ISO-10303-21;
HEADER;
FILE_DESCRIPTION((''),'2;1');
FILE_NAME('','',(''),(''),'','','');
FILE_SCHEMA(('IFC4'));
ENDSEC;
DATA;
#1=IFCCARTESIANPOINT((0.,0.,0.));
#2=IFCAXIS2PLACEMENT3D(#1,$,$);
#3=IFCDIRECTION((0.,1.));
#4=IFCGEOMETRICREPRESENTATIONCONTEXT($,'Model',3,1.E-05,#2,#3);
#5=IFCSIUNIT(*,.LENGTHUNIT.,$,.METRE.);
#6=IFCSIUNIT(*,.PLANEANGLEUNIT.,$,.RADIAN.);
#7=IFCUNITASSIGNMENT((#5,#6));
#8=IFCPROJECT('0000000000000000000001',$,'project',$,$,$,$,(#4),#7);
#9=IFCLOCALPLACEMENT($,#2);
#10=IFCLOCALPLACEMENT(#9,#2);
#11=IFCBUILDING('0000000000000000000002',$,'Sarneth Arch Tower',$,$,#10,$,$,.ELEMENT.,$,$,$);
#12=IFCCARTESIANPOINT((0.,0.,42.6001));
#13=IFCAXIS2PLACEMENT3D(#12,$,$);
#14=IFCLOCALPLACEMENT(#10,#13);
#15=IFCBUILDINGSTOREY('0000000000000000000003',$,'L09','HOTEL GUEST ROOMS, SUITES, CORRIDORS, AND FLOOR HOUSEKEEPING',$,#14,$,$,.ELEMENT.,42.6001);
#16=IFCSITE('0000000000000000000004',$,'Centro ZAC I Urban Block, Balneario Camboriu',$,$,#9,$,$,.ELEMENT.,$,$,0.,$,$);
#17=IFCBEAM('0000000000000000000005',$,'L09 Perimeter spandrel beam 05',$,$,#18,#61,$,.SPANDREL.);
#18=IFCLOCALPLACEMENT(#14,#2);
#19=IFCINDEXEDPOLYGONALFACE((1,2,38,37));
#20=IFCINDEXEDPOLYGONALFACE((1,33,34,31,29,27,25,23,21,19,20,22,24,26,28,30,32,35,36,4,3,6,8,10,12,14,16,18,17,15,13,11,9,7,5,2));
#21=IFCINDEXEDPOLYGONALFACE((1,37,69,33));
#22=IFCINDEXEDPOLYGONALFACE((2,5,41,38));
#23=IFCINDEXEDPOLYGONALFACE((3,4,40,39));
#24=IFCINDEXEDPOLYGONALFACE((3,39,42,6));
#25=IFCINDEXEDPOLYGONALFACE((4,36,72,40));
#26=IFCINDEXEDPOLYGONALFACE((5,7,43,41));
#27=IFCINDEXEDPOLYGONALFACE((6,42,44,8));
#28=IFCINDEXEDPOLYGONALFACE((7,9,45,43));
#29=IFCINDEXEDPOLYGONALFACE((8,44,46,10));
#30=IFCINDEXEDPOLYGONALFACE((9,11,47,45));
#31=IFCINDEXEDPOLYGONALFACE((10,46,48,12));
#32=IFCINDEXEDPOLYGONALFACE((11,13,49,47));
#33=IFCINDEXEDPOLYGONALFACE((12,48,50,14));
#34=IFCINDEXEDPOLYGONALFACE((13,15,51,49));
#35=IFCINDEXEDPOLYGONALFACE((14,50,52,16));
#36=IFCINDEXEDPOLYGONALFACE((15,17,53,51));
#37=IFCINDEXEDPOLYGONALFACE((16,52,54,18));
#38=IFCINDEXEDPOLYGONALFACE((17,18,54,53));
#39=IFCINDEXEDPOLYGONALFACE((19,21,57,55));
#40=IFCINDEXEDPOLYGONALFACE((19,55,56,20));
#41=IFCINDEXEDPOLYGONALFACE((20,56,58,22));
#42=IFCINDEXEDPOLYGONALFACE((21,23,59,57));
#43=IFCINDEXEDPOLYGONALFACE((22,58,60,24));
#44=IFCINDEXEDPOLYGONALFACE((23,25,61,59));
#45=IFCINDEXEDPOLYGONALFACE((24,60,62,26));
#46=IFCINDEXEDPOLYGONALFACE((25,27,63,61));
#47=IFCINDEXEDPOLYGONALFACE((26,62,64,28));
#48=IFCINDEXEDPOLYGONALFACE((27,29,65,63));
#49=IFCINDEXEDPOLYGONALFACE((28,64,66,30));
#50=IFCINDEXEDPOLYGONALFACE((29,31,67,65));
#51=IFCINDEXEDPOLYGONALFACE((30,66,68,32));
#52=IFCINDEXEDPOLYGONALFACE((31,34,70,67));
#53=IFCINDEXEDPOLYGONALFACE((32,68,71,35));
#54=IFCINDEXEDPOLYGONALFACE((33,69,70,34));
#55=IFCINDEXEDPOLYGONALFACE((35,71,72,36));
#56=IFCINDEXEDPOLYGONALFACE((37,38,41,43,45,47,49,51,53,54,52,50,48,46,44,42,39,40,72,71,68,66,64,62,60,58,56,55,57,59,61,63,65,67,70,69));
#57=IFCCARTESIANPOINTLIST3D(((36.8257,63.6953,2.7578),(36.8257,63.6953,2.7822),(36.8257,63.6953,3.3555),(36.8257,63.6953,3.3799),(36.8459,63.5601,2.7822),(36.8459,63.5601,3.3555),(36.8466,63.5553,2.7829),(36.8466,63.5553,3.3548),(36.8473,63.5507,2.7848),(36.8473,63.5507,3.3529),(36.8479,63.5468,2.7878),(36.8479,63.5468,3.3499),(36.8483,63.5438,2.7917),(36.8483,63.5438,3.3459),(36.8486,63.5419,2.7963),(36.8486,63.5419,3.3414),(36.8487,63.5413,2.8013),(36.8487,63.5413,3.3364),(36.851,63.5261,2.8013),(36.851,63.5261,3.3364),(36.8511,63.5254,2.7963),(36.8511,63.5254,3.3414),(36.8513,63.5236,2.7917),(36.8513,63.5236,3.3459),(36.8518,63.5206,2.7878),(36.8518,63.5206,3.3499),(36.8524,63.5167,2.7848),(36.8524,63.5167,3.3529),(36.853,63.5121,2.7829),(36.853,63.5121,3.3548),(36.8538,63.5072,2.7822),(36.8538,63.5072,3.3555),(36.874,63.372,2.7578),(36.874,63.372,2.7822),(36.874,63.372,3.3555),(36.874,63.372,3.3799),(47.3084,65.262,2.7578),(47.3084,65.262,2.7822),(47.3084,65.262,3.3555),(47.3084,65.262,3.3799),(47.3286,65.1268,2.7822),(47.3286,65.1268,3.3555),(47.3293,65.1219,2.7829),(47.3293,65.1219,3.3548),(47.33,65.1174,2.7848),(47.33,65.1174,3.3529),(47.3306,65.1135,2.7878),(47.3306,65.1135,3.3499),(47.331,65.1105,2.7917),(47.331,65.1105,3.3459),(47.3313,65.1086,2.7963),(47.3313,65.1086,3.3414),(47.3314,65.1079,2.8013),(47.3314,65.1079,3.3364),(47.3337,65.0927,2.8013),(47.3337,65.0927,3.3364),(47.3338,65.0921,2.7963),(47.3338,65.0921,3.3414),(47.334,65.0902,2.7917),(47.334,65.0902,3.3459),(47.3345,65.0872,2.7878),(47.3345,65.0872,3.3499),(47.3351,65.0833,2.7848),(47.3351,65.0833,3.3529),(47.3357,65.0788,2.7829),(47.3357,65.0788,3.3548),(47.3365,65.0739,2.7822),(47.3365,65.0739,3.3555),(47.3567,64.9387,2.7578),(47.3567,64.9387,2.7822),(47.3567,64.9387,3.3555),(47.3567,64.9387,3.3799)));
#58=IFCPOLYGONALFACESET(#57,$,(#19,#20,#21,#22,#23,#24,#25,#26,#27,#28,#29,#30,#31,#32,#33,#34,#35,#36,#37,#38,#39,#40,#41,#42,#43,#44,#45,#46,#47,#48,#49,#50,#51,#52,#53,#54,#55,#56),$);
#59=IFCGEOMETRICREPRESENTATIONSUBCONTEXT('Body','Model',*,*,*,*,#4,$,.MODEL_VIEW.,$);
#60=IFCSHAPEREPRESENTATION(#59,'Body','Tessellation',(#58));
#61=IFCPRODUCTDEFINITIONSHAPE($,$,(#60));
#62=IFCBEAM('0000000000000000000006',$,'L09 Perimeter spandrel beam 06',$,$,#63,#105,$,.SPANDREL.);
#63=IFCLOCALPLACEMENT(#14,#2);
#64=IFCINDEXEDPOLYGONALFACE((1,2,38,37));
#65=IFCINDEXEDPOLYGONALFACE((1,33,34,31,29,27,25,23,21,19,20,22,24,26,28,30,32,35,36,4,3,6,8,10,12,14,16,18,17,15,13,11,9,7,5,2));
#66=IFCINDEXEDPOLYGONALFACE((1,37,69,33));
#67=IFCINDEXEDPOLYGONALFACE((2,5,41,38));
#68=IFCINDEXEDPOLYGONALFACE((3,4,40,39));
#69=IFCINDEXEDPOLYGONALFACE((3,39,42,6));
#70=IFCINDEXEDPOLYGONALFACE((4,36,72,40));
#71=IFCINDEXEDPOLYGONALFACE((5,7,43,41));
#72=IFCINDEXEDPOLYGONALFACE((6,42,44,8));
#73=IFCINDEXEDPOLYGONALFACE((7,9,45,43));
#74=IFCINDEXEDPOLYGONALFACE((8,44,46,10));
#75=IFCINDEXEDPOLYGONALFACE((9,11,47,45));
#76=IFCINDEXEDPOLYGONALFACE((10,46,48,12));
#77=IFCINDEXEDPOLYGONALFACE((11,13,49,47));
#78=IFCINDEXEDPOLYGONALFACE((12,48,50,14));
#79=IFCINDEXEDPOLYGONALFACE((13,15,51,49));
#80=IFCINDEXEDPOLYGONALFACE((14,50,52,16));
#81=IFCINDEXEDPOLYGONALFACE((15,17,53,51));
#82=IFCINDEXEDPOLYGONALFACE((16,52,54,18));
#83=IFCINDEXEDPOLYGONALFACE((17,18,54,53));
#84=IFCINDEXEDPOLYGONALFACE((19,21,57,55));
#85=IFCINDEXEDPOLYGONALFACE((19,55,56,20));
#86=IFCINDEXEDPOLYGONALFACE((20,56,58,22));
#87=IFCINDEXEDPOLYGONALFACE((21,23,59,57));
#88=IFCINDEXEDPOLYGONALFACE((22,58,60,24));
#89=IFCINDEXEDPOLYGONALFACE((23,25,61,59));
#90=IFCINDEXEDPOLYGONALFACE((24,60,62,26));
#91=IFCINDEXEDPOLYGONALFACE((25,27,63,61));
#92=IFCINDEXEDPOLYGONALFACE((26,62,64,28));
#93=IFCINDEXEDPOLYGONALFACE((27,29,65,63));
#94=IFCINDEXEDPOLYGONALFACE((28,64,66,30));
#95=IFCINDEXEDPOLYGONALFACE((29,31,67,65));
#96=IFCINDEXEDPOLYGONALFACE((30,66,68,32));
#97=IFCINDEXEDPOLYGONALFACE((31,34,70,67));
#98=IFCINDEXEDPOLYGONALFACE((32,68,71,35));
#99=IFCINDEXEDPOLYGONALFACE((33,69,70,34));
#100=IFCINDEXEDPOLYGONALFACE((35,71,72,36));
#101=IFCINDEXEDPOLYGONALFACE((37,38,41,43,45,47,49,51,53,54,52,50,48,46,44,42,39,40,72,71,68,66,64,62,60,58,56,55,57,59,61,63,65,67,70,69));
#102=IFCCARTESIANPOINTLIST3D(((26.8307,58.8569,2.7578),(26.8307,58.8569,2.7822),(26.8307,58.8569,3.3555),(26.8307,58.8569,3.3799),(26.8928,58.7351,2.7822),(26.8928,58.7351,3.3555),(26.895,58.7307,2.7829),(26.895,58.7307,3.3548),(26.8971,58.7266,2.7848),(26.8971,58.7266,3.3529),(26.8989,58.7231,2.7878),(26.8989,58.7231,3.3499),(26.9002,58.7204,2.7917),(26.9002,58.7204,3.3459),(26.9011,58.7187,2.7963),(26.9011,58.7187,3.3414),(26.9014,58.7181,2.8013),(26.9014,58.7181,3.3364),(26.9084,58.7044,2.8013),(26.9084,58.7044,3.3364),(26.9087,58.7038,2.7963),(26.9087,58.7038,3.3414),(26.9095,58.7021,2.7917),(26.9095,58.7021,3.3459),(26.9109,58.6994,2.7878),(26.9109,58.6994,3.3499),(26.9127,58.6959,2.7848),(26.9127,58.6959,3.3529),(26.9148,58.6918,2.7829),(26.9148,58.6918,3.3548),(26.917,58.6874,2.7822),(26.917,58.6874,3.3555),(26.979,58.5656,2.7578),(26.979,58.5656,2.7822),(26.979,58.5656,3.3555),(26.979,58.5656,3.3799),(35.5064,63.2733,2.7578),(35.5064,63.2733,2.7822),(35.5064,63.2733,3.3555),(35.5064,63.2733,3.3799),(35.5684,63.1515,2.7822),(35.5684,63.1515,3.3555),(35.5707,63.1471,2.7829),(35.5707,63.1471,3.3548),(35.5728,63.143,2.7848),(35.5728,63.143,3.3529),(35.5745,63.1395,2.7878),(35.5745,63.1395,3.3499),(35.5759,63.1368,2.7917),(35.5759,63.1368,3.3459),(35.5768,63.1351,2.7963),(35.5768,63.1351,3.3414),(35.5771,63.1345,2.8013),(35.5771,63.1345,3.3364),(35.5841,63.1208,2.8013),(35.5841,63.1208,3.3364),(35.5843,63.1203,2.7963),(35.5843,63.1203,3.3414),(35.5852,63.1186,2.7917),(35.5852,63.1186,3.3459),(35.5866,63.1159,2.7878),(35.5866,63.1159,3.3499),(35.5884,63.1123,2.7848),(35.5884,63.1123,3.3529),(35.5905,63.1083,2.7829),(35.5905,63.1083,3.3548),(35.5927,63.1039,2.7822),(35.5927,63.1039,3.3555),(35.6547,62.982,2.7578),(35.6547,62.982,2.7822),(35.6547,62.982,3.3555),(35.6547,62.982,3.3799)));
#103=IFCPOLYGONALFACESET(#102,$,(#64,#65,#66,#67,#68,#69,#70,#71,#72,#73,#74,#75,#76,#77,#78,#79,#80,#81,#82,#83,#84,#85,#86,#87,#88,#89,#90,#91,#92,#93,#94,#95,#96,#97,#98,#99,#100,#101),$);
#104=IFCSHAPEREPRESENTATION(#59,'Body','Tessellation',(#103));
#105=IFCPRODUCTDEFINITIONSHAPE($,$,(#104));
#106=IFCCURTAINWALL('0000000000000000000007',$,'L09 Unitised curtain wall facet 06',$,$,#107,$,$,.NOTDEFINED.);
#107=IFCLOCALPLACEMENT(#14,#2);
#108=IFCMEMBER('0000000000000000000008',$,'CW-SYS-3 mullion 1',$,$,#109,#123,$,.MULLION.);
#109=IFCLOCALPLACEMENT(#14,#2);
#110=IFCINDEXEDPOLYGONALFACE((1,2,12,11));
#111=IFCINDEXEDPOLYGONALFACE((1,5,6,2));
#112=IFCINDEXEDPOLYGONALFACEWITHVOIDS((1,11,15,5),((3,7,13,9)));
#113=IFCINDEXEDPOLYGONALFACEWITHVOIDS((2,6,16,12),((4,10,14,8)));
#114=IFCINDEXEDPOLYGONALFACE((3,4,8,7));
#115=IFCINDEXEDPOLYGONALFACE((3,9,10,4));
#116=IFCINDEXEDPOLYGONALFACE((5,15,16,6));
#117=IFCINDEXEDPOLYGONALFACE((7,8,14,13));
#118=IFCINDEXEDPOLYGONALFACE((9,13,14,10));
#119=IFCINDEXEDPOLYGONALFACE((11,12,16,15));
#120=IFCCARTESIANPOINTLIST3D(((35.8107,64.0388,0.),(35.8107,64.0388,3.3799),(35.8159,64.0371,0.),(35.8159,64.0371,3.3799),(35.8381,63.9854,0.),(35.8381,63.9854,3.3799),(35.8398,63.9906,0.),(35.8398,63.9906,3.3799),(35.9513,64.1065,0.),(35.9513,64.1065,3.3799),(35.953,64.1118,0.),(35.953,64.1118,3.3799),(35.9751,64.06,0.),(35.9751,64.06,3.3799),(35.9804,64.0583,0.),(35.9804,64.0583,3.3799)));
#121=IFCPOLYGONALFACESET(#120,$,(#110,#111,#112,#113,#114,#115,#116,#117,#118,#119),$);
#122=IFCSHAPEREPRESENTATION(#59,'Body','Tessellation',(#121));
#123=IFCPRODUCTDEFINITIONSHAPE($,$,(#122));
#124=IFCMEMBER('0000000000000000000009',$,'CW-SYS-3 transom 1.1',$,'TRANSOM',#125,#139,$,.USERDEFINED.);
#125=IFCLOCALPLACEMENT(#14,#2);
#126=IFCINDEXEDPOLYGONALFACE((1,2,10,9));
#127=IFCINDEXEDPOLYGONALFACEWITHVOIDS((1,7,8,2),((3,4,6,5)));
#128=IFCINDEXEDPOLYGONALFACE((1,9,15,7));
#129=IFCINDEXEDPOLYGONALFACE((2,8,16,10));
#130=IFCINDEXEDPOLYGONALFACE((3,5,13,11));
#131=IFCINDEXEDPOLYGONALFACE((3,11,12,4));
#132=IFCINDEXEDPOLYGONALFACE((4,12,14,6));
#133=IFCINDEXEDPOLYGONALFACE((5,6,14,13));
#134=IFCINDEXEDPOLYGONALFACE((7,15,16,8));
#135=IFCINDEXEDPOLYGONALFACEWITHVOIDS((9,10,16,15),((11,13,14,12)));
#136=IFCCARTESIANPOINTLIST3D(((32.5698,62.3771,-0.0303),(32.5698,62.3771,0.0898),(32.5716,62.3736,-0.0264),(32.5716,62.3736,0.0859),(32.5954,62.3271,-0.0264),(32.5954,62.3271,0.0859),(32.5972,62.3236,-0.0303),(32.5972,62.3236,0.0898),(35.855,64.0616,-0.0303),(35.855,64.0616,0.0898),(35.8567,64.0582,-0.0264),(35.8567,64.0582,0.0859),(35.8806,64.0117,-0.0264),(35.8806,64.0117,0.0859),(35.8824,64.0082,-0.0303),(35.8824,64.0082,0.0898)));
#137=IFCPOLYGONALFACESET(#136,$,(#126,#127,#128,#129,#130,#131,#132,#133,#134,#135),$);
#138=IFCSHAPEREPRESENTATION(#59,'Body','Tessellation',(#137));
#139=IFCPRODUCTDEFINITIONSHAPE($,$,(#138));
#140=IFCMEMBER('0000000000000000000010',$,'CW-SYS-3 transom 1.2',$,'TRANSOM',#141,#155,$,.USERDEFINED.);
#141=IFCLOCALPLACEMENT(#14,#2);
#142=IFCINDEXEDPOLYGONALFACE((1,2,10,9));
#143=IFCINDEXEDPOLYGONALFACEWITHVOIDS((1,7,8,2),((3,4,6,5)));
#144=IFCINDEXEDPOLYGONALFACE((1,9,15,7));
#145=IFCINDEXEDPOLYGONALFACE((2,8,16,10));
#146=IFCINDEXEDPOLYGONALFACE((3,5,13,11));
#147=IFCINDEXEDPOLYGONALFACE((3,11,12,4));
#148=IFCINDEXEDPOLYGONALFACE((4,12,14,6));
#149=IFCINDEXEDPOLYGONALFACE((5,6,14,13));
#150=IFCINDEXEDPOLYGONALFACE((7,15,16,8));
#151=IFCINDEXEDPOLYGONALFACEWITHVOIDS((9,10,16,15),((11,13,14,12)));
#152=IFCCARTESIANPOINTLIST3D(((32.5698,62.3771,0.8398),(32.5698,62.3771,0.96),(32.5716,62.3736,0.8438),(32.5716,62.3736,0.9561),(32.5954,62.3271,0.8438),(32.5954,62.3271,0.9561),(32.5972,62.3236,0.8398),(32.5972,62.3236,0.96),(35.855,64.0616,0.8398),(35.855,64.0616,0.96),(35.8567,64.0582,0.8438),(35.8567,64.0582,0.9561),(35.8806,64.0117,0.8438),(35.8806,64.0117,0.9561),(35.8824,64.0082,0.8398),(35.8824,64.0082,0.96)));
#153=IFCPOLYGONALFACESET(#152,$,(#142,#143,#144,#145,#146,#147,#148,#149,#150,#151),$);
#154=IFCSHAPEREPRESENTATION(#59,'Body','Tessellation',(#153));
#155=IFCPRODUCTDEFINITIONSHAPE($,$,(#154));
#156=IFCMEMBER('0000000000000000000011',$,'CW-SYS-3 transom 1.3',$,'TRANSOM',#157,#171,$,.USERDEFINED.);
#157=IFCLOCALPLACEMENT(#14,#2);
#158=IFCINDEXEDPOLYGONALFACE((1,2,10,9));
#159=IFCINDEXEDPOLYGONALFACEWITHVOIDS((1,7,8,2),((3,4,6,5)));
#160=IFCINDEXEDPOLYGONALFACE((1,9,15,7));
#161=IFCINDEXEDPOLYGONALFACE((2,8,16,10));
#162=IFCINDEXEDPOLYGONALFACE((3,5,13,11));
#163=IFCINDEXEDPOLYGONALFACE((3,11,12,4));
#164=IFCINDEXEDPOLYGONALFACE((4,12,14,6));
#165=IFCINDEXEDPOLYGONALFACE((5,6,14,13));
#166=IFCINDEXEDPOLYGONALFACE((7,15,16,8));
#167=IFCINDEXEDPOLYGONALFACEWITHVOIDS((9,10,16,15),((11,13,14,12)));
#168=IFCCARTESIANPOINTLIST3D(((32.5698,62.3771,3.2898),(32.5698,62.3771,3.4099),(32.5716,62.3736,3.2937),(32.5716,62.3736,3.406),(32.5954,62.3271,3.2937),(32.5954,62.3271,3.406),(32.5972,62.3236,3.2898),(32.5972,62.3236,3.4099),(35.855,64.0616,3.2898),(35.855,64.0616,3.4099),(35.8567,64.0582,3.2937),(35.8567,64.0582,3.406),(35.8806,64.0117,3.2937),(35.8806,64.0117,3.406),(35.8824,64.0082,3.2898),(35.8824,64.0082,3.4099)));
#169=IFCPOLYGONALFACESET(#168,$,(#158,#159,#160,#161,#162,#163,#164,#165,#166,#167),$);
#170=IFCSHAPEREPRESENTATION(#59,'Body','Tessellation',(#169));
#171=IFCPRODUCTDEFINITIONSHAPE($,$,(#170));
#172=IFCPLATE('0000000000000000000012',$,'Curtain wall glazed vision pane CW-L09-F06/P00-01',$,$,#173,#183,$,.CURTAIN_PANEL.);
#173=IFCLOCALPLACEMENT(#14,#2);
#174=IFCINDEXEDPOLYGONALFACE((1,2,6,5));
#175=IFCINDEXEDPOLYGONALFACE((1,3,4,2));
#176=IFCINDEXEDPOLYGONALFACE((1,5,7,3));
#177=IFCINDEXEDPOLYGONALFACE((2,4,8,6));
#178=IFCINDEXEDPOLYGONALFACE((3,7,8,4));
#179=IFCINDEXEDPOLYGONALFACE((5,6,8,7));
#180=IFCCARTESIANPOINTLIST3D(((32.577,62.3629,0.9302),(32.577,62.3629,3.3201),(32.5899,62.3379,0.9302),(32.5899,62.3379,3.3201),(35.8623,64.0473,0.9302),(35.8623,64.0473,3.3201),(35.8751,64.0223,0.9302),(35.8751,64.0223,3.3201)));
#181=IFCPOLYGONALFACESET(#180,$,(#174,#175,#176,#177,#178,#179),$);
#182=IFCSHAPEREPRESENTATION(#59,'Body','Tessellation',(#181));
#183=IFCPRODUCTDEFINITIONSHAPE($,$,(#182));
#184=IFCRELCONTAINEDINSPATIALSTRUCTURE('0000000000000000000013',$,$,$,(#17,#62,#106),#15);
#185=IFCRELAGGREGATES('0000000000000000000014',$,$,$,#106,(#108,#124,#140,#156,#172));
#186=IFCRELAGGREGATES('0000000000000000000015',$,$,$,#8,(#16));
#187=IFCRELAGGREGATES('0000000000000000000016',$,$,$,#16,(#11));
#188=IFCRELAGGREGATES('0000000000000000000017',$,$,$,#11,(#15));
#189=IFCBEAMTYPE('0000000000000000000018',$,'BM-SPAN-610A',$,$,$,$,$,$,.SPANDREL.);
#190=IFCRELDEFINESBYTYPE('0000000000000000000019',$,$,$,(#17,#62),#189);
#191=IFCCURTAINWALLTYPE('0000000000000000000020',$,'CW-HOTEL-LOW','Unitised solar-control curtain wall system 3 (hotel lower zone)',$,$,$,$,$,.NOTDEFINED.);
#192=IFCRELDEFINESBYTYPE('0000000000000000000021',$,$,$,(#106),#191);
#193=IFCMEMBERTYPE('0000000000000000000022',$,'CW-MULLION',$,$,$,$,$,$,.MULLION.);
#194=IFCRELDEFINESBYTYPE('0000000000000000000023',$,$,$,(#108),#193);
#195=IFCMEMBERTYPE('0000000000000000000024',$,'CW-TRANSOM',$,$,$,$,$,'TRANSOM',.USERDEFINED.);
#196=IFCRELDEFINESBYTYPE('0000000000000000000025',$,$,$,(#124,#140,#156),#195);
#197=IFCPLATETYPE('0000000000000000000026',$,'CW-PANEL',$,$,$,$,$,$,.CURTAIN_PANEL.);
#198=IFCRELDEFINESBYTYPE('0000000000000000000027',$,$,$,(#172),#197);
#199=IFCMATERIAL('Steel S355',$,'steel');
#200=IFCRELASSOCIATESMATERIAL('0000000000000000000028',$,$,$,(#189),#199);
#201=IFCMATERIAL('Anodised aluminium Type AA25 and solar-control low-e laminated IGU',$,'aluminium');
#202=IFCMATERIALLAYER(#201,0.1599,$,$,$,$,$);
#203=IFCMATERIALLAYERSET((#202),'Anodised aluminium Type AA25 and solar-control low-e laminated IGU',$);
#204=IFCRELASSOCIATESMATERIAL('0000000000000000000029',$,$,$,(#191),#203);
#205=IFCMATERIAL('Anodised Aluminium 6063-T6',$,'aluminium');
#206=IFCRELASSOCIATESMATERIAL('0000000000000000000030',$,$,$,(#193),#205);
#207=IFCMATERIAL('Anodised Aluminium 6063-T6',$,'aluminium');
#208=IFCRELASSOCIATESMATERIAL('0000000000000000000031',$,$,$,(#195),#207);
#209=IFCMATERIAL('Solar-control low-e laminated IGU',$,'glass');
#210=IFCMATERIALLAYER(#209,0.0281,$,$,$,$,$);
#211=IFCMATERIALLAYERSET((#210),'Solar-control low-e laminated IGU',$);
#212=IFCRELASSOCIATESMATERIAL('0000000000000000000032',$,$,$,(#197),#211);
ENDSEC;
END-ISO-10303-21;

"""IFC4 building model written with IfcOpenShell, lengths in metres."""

from ifc_helpers import new_model, si_unit, direction, frame, origin, origin_2d, place, context, subcontext, project, spatial, rectangle, hollow_rectangle, i_section, extrude, material, layer, layer_set, material_profile, profile_set, type_object, element, aggregate, save


model = new_model("IFC4")

# Units and contexts
model_context = context("Model", 3, precision=1e-05, world=origin(), true_north=direction((0.0, 1.0)))
body_context = subcontext(model_context, "Body", "Model", "MODEL_VIEW")
ifc_project = project(units=[si_unit("LENGTHUNIT", "METRE"), si_unit("PLANEANGLEUNIT", "RADIAN")], contexts=[model_context])

# Site, building, storey
site_placement = place(None, origin())
site = spatial("IfcSite", under=ifc_project, at=site_placement, Name="Centro ZAC I Urban Block, Balneario Camboriu", CompositionType="ELEMENT", RefElevation=0.0)
building_placement = place(site_placement, origin())
building = spatial("IfcBuilding", under=site, at=building_placement, Name="Sarneth Arch Tower", CompositionType="ELEMENT")
storey_placement = place(building_placement, frame((0.0, 0.0, 42.6001)))
storey = spatial("IfcBuildingStorey", under=building, at=storey_placement, Name="L09", Description="HOTEL GUEST ROOMS, SUITES, CORRIDORS, AND FLOOR HOUSEKEEPING", CompositionType="ELEMENT", Elevation=42.6001)

# Beams
ifc_material_1 = material(Name="Steel S355", Category="steel")
ifc_material_profile_1 = material_profile(ifc_material_1, i_section(OverallWidth=0.3269, OverallDepth=0.6221, WebThickness=0.0154, FlangeThickness=0.0244, FilletRadius=0.019, at=origin_2d()), Name="W610x195")
ifc_profile_set_1 = profile_set([ifc_material_profile_1], Name="Steel S355")
beam_type_1 = type_object("IfcBeamType", Name="BM-SPAN-610A", PredefinedType="SPANDREL", material=ifc_profile_set_1)
beam_1_placement = place(storey_placement, frame((47.3325, 65.1003, 3.0688), z_axis=(-0.989016, -0.14781, 0.0), x_axis=(0.14781, -0.989016, 0.0)))
element("IfcBeam", 1, at=beam_1_placement, inside=storey, type_object=beam_type_1, Name="L09 Perimeter spandrel beam 05", PredefinedType="SPANDREL", context=body_context, shape_type="SweptSolid", body=[
    extrude(i_section(OverallWidth=0.3269, OverallDepth=0.6221, WebThickness=0.0154, FlangeThickness=0.0244, FilletRadius=0.019, at=origin_2d()), origin(), (0.0, 0.0, 1.0), 10.5991),
])
beam_2_placement = place(storey_placement, frame((35.5806, 63.1277, 3.0688), z_axis=(-0.891174, -0.453662, 0.0), x_axis=(0.453662, -0.891174, 0.0)))
element("IfcBeam", 2, at=beam_2_placement, inside=storey, type_object=beam_type_1, Name="L09 Perimeter spandrel beam 06", PredefinedType="SPANDREL", context=body_context, shape_type="SweptSolid", body=[
    extrude(i_section(OverallWidth=0.3269, OverallDepth=0.6221, WebThickness=0.0154, FlangeThickness=0.0244, FilletRadius=0.019, at=origin_2d()), origin(), (0.0, 0.0, 1.0), 9.7351),
])

# Curtain wall, members, plate
ifc_material_2 = material(Name="Anodised aluminium Type AA25 and solar-control low-e laminated IGU", Category="aluminium")
ifc_layer_1 = layer(ifc_material_2, 0.1599)
ifc_layer_set_1 = layer_set([ifc_layer_1], Name="Anodised aluminium Type AA25 and solar-control low-e laminated IGU")
curtain_wall_type = type_object("IfcCurtainWallType", Name="CW-HOTEL-LOW", Description="Unitised solar-control curtain wall system 3 (hotel lower zone)", PredefinedType="NOTDEFINED", material=ifc_layer_set_1)
curtain_wall_placement = place(storey_placement, origin())
curtain_wall = element("IfcCurtainWall", 3, at=curtain_wall_placement, inside=storey, type_object=curtain_wall_type, Name="L09 Unitised curtain wall facet 06", PredefinedType="NOTDEFINED")
ifc_material_3 = material(Name="Anodised Aluminium 6063-T6", Category="aluminium")
ifc_material_profile_2 = material_profile(ifc_material_3, hollow_rectangle(XDim=0.0601, YDim=0.1599, WallThickness=0.0039, at=origin_2d()), Name="AL-MULL-160x60x4")
ifc_profile_set_2 = profile_set([ifc_material_profile_2], Name="Anodised Aluminium 6063-T6")
member_type_1 = type_object("IfcMemberType", Name="CW-MULLION", PredefinedType="MULLION", material=ifc_profile_set_2)
member_1_placement = place(storey_placement, frame((35.8955, 64.0486, 0.0), z_axis=(0.0, 0.0, 1.0), x_axis=(0.456245, -0.889854, 0.0)))
member_1 = element("IfcMember", 4, at=member_1_placement, type_object=member_type_1, Name="CW-SYS-3 mullion 1", PredefinedType="MULLION", context=body_context, shape_type="SweptSolid", body=[
    extrude(hollow_rectangle(XDim=0.0601, YDim=0.1599, WallThickness=0.0039, at=origin_2d()), origin(), (0.0, 0.0, 1.0), 3.3799),
])
ifc_material_4 = material(Name="Anodised Aluminium 6063-T6", Category="aluminium")
ifc_material_profile_3 = material_profile(ifc_material_4, hollow_rectangle(XDim=0.0601, YDim=0.1201, WallThickness=0.0039, at=origin_2d()), Name="AL-TRAN-120x60x4")
ifc_profile_set_3 = profile_set([ifc_material_profile_3], Name="Anodised Aluminium 6063-T6")
member_type_2 = type_object("IfcMemberType", Name="CW-TRANSOM", ElementType="TRANSOM", PredefinedType="USERDEFINED", material=ifc_profile_set_3)
member_2_placement = place(storey_placement, frame((35.8687, 64.0349, 0.0298), z_axis=(-0.889831, -0.45629, 0.0), x_axis=(0.45629, -0.889831, 0.0)))
member_2 = element("IfcMember", 5, at=member_2_placement, type_object=member_type_2, Name="CW-SYS-3 transom 1.1", ObjectType="TRANSOM", PredefinedType="USERDEFINED", context=body_context, shape_type="SweptSolid", body=[
    extrude(hollow_rectangle(XDim=0.0601, YDim=0.1201, WallThickness=0.0039, at=origin_2d()), origin(), (0.0, 0.0, 1.0), 3.6919),
])
member_3_placement = place(storey_placement, frame((35.8687, 64.0349, 0.8999), z_axis=(-0.889831, -0.45629, 0.0), x_axis=(0.45629, -0.889831, 0.0)))
member_3 = element("IfcMember", 6, at=member_3_placement, type_object=member_type_2, Name="CW-SYS-3 transom 1.2", ObjectType="TRANSOM", PredefinedType="USERDEFINED", context=body_context, shape_type="SweptSolid", body=[
    extrude(hollow_rectangle(XDim=0.0601, YDim=0.1201, WallThickness=0.0039, at=origin_2d()), origin(), (0.0, 0.0, 1.0), 3.6919),
])
member_4_placement = place(storey_placement, frame((35.8687, 64.0349, 3.3499), z_axis=(-0.889831, -0.45629, 0.0), x_axis=(0.45629, -0.889831, 0.0)))
member_4 = element("IfcMember", 7, at=member_4_placement, type_object=member_type_2, Name="CW-SYS-3 transom 1.3", ObjectType="TRANSOM", PredefinedType="USERDEFINED", context=body_context, shape_type="SweptSolid", body=[
    extrude(hollow_rectangle(XDim=0.0601, YDim=0.1201, WallThickness=0.0039, at=origin_2d()), origin(), (0.0, 0.0, 1.0), 3.6919),
])
ifc_material_5 = material(Name="Solar-control low-e laminated IGU", Category="glass")
ifc_layer_2 = layer(ifc_material_5, 0.0281)
ifc_layer_set_2 = layer_set([ifc_layer_2], Name="Solar-control low-e laminated IGU")
plate_type = type_object("IfcPlateType", Name="CW-PANEL", PredefinedType="CURTAIN_PANEL", material=ifc_layer_set_2)
plate_placement = place(storey_placement, frame((34.2261, 63.1926, 0.9302), z_axis=(0.0, 0.0, 1.0), x_axis=(-0.889854, -0.456245, 0.0)))
plate = element("IfcPlate", 8, at=plate_placement, type_object=plate_type, Name="Curtain wall glazed vision pane CW-L09-F06/P00-01", PredefinedType="CURTAIN_PANEL", context=body_context, shape_type="SweptSolid", body=[
    extrude(rectangle(XDim=3.6919, YDim=0.0281, at=origin_2d()), origin(), (0.0, 0.0, 1.0), 2.3899),
])
aggregate(curtain_wall, [member_1, member_2, member_3, member_4, plate])

save(model, "model.ifc")
